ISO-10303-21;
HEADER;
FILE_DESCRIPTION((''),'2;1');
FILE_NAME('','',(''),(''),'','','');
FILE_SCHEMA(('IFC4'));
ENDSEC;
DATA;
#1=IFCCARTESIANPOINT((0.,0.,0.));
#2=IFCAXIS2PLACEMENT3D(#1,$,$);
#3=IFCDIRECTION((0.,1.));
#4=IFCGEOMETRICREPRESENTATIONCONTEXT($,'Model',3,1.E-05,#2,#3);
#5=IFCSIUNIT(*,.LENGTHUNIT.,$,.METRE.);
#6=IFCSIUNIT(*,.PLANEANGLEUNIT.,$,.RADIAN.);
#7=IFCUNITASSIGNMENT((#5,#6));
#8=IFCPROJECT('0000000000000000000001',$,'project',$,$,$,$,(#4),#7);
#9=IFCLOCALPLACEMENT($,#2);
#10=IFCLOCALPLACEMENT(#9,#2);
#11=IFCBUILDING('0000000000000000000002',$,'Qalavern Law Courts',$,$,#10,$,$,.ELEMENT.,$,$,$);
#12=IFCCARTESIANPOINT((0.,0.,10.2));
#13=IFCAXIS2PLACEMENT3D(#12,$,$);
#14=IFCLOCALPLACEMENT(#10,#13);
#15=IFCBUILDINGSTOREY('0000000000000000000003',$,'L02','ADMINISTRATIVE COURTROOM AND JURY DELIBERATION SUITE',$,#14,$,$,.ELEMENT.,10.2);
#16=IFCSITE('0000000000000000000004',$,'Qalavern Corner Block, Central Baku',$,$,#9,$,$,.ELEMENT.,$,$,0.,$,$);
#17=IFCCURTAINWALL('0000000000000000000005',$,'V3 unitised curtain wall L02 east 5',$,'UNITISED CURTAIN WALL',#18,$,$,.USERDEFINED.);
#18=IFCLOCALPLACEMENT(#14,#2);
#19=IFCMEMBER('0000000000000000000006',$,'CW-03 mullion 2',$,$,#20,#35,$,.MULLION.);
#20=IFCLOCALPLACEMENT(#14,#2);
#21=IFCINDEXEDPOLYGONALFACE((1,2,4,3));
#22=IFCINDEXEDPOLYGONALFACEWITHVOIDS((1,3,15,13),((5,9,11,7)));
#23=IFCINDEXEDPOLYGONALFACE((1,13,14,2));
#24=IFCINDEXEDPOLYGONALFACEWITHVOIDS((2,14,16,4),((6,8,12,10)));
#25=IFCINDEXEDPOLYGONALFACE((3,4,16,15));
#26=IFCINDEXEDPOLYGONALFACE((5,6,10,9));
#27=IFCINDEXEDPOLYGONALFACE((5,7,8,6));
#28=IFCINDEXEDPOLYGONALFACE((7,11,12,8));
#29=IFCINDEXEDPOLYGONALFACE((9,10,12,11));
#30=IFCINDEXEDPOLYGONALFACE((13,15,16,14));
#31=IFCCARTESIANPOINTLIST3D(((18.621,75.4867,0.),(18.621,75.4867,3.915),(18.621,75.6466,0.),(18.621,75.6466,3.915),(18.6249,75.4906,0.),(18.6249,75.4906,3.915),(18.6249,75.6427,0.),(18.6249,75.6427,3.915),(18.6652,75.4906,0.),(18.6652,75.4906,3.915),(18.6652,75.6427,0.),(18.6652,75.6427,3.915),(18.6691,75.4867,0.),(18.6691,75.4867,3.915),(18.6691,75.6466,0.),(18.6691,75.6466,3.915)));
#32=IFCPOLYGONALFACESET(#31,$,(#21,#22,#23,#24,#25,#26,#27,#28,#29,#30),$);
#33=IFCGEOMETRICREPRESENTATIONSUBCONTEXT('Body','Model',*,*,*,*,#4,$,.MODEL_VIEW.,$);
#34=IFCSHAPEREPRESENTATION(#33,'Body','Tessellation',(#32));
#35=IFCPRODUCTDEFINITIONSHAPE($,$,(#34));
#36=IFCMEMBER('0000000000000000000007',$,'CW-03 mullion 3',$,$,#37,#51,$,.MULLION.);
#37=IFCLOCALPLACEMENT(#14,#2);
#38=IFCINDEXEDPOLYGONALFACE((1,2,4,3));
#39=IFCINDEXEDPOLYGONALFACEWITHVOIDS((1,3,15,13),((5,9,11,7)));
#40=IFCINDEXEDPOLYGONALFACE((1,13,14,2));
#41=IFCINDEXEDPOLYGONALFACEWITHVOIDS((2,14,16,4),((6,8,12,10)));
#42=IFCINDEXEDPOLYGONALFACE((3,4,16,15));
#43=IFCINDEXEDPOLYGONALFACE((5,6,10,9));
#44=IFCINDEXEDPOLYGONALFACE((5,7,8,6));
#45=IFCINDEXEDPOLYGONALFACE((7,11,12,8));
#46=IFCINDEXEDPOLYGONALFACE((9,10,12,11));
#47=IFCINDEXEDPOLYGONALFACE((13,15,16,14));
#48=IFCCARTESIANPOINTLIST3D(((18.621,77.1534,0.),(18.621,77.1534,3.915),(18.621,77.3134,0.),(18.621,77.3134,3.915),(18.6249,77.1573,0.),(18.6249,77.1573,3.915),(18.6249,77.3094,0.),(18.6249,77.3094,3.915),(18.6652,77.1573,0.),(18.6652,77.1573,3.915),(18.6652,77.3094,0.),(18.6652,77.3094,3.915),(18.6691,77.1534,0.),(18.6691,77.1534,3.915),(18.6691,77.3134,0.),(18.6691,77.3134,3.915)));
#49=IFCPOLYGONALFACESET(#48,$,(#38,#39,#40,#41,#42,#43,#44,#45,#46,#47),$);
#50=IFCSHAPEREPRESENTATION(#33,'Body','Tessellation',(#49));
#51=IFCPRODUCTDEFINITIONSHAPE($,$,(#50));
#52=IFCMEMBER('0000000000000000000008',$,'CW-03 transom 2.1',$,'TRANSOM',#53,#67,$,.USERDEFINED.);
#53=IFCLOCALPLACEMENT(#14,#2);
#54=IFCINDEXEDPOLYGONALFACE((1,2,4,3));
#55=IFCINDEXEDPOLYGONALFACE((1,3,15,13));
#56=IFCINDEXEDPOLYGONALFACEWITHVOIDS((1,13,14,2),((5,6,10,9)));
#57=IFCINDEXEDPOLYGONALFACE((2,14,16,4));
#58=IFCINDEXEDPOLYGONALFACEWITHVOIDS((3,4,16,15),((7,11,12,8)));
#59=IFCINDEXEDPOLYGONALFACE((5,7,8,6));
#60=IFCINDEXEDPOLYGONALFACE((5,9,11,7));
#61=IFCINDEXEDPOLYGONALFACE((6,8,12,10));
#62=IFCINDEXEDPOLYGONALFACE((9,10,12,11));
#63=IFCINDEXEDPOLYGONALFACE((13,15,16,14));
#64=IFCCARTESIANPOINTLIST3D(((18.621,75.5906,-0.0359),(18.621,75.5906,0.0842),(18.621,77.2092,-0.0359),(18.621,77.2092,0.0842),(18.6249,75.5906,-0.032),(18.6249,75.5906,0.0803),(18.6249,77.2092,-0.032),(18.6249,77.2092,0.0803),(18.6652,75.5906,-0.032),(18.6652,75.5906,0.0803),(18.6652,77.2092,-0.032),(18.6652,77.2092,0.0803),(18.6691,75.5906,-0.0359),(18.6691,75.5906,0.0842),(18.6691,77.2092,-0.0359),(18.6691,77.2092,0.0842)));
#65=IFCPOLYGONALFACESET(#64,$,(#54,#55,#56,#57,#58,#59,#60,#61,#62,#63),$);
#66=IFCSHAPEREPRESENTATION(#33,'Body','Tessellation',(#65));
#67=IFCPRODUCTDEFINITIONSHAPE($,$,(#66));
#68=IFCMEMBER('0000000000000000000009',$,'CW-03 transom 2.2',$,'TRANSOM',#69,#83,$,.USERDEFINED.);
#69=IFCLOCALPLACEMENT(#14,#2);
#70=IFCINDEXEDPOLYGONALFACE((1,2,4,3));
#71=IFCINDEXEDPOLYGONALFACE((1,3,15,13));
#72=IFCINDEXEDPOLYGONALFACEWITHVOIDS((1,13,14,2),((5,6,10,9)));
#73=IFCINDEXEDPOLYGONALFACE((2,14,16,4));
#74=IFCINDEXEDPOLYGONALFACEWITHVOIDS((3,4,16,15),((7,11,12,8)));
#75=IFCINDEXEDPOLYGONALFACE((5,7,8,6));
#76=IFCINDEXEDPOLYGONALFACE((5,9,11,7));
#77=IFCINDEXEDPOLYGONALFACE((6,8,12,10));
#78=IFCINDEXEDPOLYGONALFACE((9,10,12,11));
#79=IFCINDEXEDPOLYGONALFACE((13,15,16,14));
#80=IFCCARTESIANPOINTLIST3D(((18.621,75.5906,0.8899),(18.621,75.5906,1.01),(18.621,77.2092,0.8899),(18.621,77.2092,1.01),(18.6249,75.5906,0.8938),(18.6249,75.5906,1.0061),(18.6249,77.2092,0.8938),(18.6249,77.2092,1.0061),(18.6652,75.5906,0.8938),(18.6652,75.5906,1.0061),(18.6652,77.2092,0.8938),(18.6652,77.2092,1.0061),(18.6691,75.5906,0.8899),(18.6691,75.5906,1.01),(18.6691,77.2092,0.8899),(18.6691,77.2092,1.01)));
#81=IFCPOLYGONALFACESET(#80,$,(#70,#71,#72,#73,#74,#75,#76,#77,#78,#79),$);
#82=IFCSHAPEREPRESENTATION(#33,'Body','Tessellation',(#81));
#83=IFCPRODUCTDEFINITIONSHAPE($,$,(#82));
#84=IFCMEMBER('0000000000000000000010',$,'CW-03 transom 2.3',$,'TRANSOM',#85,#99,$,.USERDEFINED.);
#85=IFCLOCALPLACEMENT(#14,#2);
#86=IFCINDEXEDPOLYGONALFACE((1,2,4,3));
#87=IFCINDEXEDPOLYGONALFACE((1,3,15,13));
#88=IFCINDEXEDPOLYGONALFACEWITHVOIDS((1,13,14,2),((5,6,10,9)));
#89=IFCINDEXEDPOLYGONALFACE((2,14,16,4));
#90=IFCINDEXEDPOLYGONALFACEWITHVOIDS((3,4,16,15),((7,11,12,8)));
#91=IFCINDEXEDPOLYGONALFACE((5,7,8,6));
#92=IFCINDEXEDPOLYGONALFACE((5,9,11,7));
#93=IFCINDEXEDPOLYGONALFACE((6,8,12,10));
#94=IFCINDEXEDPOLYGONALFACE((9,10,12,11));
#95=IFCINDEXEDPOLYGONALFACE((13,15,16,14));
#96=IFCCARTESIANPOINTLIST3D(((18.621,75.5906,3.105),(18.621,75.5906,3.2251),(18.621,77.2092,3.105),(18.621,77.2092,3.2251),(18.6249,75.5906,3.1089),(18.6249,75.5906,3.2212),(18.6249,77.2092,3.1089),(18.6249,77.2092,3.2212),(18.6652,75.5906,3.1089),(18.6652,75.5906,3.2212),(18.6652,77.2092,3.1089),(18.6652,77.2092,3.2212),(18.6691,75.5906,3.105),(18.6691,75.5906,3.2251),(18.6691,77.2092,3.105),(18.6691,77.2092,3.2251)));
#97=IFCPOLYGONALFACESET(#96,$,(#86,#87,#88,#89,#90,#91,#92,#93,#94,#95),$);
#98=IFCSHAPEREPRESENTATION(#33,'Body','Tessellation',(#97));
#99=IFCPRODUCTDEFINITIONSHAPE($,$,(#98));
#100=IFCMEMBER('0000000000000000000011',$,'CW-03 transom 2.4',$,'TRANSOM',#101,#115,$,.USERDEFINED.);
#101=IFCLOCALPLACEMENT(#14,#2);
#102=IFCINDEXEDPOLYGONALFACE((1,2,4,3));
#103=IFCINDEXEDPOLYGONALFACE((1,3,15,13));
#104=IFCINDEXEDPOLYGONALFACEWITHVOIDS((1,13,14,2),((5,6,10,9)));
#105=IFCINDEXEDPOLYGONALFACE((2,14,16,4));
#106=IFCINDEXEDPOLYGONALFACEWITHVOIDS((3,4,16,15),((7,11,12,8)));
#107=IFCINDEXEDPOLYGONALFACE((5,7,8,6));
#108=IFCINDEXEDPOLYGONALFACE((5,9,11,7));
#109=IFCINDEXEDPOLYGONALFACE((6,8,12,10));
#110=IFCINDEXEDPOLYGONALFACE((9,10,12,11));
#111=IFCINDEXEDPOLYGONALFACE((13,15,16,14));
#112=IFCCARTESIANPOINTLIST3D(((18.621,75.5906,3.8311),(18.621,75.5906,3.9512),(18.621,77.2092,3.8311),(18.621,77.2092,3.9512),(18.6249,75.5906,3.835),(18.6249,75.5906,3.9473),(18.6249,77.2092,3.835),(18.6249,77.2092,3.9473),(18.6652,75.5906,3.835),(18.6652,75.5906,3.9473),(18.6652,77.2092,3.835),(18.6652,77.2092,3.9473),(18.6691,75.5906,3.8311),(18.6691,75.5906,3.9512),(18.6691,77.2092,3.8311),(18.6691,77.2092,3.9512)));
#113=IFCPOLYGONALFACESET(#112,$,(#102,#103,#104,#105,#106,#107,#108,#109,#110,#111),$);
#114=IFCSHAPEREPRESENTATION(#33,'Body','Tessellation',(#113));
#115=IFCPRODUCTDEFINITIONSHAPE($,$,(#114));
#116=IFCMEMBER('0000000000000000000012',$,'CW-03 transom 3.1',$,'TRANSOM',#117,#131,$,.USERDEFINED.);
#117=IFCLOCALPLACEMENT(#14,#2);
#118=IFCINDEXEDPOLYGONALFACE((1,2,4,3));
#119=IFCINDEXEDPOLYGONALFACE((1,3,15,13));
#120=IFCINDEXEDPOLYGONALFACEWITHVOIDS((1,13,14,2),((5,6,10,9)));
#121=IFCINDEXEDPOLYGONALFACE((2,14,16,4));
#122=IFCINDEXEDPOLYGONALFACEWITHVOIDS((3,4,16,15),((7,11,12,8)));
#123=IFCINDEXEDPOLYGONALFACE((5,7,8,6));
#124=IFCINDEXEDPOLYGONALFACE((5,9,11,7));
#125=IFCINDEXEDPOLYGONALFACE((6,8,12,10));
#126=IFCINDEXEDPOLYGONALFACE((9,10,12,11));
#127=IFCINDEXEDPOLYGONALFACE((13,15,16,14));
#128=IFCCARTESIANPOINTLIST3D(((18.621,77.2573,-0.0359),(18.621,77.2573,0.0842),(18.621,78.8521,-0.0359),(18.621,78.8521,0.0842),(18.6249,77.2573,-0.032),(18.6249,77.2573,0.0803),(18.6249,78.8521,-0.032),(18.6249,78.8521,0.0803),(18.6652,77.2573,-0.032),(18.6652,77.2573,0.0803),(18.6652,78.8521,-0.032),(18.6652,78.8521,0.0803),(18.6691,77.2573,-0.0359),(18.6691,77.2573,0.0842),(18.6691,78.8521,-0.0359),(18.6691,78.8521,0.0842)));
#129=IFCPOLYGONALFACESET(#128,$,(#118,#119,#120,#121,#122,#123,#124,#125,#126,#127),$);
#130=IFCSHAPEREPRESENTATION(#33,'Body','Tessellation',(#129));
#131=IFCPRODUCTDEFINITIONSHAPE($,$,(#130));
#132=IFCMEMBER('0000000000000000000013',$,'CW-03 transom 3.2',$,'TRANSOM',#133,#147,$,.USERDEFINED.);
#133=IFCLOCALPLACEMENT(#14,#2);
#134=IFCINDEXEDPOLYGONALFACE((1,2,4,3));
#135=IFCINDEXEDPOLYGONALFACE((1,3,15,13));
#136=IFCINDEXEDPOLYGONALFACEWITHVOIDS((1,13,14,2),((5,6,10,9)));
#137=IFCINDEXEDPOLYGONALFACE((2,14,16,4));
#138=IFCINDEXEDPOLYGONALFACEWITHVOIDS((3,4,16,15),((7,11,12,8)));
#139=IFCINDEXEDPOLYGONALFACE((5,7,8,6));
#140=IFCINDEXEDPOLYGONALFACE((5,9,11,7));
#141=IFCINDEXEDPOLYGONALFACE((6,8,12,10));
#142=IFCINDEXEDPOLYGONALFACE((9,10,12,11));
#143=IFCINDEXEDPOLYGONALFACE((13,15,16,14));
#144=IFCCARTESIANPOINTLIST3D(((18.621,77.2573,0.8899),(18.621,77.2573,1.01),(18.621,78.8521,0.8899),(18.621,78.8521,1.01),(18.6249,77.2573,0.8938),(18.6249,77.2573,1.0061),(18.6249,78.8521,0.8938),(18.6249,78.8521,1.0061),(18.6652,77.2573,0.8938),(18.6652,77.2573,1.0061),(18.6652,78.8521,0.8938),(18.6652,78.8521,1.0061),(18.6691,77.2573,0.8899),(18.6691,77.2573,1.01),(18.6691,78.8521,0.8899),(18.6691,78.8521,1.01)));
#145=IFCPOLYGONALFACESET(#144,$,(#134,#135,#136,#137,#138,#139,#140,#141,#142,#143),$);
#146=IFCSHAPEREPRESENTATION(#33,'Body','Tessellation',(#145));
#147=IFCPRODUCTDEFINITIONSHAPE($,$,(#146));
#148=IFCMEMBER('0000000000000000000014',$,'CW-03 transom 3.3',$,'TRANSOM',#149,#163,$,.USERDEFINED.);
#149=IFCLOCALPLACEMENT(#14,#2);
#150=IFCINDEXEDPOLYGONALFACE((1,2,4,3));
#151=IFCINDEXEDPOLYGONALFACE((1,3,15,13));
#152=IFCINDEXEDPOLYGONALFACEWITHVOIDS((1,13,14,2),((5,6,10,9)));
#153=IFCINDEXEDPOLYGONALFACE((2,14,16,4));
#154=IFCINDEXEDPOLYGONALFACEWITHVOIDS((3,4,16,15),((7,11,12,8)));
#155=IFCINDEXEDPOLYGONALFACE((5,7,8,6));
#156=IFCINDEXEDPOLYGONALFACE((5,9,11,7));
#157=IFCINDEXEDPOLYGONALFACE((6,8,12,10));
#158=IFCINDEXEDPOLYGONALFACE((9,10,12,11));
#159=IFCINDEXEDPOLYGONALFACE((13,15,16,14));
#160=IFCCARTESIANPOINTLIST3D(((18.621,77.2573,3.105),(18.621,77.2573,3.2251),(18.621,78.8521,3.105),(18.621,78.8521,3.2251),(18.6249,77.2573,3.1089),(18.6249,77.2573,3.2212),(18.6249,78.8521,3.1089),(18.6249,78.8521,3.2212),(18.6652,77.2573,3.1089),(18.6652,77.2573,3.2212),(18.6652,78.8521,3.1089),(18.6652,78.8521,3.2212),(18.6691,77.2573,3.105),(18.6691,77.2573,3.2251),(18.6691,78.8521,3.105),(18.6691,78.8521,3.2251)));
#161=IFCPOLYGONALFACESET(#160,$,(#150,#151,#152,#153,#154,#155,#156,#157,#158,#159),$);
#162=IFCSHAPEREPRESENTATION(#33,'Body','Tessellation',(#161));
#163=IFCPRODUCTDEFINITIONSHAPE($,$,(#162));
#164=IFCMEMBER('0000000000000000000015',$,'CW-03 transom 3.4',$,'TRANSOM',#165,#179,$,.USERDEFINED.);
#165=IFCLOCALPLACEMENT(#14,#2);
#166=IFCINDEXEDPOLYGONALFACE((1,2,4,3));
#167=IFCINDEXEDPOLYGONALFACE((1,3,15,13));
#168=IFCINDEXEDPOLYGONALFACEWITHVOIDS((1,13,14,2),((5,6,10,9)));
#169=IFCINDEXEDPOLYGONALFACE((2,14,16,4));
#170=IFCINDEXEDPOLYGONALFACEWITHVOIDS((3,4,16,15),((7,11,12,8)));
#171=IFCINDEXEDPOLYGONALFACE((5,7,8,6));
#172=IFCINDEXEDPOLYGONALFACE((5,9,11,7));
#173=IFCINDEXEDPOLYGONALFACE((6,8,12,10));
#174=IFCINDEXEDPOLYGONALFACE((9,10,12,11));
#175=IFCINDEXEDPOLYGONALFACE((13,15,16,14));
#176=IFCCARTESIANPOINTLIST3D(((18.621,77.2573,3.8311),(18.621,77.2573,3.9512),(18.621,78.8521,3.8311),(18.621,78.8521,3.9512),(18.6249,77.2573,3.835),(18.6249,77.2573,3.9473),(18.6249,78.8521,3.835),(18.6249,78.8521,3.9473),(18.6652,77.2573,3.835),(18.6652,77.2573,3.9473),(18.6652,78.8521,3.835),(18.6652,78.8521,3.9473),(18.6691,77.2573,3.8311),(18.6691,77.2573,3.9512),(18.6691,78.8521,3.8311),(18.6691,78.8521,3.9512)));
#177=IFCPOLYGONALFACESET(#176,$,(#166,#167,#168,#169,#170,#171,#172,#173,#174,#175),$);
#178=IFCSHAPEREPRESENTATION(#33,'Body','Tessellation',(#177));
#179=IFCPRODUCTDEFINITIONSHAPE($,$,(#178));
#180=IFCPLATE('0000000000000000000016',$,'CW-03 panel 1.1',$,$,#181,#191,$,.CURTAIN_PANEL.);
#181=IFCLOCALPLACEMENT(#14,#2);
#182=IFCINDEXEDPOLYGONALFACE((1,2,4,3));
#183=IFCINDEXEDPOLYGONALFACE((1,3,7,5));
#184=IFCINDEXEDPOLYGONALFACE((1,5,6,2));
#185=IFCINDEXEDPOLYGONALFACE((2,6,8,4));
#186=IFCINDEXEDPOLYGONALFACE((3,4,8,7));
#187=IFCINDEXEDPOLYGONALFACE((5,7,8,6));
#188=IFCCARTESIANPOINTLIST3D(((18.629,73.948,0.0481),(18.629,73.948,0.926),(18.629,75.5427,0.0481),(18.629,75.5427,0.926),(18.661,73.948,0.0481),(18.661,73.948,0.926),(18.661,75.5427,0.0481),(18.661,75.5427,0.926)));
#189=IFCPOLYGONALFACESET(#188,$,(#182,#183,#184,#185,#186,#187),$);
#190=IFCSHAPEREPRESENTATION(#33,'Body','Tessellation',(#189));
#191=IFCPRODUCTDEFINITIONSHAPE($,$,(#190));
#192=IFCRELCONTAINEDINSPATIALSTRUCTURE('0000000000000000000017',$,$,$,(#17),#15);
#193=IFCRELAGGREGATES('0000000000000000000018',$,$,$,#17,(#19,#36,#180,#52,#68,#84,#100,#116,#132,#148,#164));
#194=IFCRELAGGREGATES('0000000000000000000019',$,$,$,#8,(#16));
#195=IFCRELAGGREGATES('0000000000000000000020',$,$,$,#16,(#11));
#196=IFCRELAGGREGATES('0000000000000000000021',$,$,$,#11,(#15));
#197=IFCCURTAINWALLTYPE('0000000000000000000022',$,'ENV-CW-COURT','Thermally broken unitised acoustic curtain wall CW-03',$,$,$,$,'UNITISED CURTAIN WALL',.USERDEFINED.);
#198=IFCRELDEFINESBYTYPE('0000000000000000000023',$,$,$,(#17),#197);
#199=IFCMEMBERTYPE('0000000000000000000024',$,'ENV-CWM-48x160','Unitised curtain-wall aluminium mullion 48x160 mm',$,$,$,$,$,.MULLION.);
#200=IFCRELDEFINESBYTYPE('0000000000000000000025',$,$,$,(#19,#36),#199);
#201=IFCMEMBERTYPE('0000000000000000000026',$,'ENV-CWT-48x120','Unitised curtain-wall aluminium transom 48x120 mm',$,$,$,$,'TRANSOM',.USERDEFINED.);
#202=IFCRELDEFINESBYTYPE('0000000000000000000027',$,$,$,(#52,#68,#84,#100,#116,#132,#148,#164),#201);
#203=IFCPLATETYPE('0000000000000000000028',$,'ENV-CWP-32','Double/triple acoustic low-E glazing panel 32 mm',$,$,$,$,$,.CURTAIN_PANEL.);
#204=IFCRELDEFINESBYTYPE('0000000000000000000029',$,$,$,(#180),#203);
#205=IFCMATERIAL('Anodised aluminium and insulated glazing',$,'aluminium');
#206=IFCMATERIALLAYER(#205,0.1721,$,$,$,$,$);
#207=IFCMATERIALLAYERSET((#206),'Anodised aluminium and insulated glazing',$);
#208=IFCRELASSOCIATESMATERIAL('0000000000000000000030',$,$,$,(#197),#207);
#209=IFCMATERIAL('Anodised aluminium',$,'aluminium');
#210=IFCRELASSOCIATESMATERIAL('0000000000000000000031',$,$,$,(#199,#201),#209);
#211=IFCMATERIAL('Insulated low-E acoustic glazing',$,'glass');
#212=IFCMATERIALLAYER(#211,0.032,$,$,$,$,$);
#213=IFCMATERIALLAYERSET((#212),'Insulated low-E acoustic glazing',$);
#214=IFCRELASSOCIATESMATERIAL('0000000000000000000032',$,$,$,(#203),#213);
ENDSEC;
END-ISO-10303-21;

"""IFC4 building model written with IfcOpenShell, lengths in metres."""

from ifc_helpers import new_model, si_unit, direction, frame, origin, origin_2d, place, context, subcontext, project, spatial, rectangle, hollow_rectangle, extrude, material, layer, layer_set, material_profile, profile_set, type_object, element, aggregate, save


model = new_model("IFC4")

# Units and contexts
model_context = context("Model", 3, precision=1e-05, world=origin(), true_north=direction((0.0, 1.0)))
body_context = subcontext(model_context, "Body", "Model", "MODEL_VIEW")
ifc_project = project(units=[si_unit("LENGTHUNIT", "METRE"), si_unit("PLANEANGLEUNIT", "RADIAN")], contexts=[model_context])

# Site, building, storey
site_placement = place(None, origin())
site = spatial("IfcSite", under=ifc_project, at=site_placement, Name="Qalavern Corner Block, Central Baku", CompositionType="ELEMENT", RefElevation=0.0)
building_placement = place(site_placement, origin())
building = spatial("IfcBuilding", under=site, at=building_placement, Name="Qalavern Law Courts", CompositionType="ELEMENT")
storey_placement = place(building_placement, frame((0.0, 0.0, 10.2)))
storey = spatial("IfcBuildingStorey", under=building, at=storey_placement, Name="L02", Description="ADMINISTRATIVE COURTROOM AND JURY DELIBERATION SUITE", CompositionType="ELEMENT", Elevation=10.2)

# Curtain wall, members, plate
ifc_material_1 = material(Name="Anodised aluminium and insulated glazing", Category="aluminium")
ifc_layer_1 = layer(ifc_material_1, 0.1721)
ifc_layer_set_1 = layer_set([ifc_layer_1], Name="Anodised aluminium and insulated glazing")
curtain_wall_type = type_object("IfcCurtainWallType", Name="ENV-CW-COURT", Description="Thermally broken unitised acoustic curtain wall CW-03", ElementType="UNITISED CURTAIN WALL", PredefinedType="USERDEFINED", material=ifc_layer_set_1)
curtain_wall_placement = place(storey_placement, origin())
curtain_wall = element("IfcCurtainWall", 1, at=curtain_wall_placement, inside=storey, type_object=curtain_wall_type, Name="V3 unitised curtain wall L02 east 5", ObjectType="UNITISED CURTAIN WALL", PredefinedType="USERDEFINED")
ifc_material_2 = material(Name="Anodised aluminium", Category="aluminium")
ifc_material_profile_1 = material_profile(ifc_material_2, hollow_rectangle(XDim=0.0481, YDim=0.1599, WallThickness=0.0039, at=origin_2d()), Name="ALU MULLION 48x160")
ifc_profile_set_1 = profile_set([ifc_material_profile_1], Name="Anodised aluminium")
member_type_1 = type_object("IfcMemberType", Name="ENV-CWM-48x160", Description="Unitised curtain-wall aluminium mullion 48x160 mm", PredefinedType="MULLION", material=ifc_profile_set_1)
member_1_placement = place(storey_placement, frame((18.645, 75.5667, 0.0), z_axis=(0.0, 0.0, 1.0), x_axis=(-1.0, 0.0, 0.0)))
member_1 = element("IfcMember", 2, at=member_1_placement, type_object=member_type_1, Name="CW-03 mullion 2", PredefinedType="MULLION", context=body_context, shape_type="SweptSolid", body=[
    extrude(hollow_rectangle(XDim=0.0481, YDim=0.1599, WallThickness=0.0039, at=origin_2d()), origin(), (0.0, 0.0, 1.0), 3.915),
])
member_2_placement = place(storey_placement, frame((18.645, 77.2334, 0.0), z_axis=(0.0, 0.0, 1.0), x_axis=(-1.0, 0.0, 0.0)))
member_2 = element("IfcMember", 3, at=member_2_placement, type_object=member_type_1, Name="CW-03 mullion 3", PredefinedType="MULLION", context=body_context, shape_type="SweptSolid", body=[
    extrude(hollow_rectangle(XDim=0.0481, YDim=0.1599, WallThickness=0.0039, at=origin_2d()), origin(), (0.0, 0.0, 1.0), 3.915),
])
ifc_material_profile_2 = material_profile(ifc_material_2, hollow_rectangle(XDim=0.0481, YDim=0.1201, WallThickness=0.0039, at=origin_2d()), Name="ALU TRANSOM 48x120")
ifc_profile_set_2 = profile_set([ifc_material_profile_2], Name="Anodised aluminium")
member_type_2 = type_object("IfcMemberType", Name="ENV-CWT-48x120", Description="Unitised curtain-wall aluminium transom 48x120 mm", ElementType="TRANSOM", PredefinedType="USERDEFINED", material=ifc_profile_set_2)
member_3_placement = place(storey_placement, frame((18.645, 75.5906, 0.0242), z_axis=(0.0, 1.0, 0.0), x_axis=(-1.0, 0.0, 0.0)))
member_3 = element("IfcMember", 4, at=member_3_placement, type_object=member_type_2, Name="CW-03 transom 2.1", ObjectType="TRANSOM", PredefinedType="USERDEFINED", context=body_context, shape_type="SweptSolid", body=[
    extrude(hollow_rectangle(XDim=0.0481, YDim=0.1201, WallThickness=0.0039, at=origin_2d()), origin(), (0.0, 0.0, 1.0), 1.6187),
])
member_4_placement = place(storey_placement, frame((18.645, 75.5906, 0.95), z_axis=(0.0, 1.0, 0.0), x_axis=(-1.0, 0.0, 0.0)))
member_4 = element("IfcMember", 5, at=member_4_placement, type_object=member_type_2, Name="CW-03 transom 2.2", ObjectType="TRANSOM", PredefinedType="USERDEFINED", context=body_context, shape_type="SweptSolid", body=[
    extrude(hollow_rectangle(XDim=0.0481, YDim=0.1201, WallThickness=0.0039, at=origin_2d()), origin(), (0.0, 0.0, 1.0), 1.6187),
])
member_5_placement = place(storey_placement, frame((18.645, 75.5906, 3.165), z_axis=(0.0, 1.0, 0.0), x_axis=(-1.0, 0.0, 0.0)))
member_5 = element("IfcMember", 6, at=member_5_placement, type_object=member_type_2, Name="CW-03 transom 2.3", ObjectType="TRANSOM", PredefinedType="USERDEFINED", context=body_context, shape_type="SweptSolid", body=[
    extrude(hollow_rectangle(XDim=0.0481, YDim=0.1201, WallThickness=0.0039, at=origin_2d()), origin(), (0.0, 0.0, 1.0), 1.6187),
])
member_6_placement = place(storey_placement, frame((18.645, 75.5906, 3.8911), z_axis=(0.0, 1.0, 0.0), x_axis=(-1.0, 0.0, 0.0)))
member_6 = element("IfcMember", 7, at=member_6_placement, type_object=member_type_2, Name="CW-03 transom 2.4", ObjectType="TRANSOM", PredefinedType="USERDEFINED", context=body_context, shape_type="SweptSolid", body=[
    extrude(hollow_rectangle(XDim=0.0481, YDim=0.1201, WallThickness=0.0039, at=origin_2d()), origin(), (0.0, 0.0, 1.0), 1.6187),
])
member_7_placement = place(storey_placement, frame((18.645, 77.2573, 0.0242), z_axis=(0.0, 1.0, 0.0), x_axis=(-1.0, 0.0, 0.0)))
member_7 = element("IfcMember", 8, at=member_7_placement, type_object=member_type_2, Name="CW-03 transom 3.1", ObjectType="TRANSOM", PredefinedType="USERDEFINED", context=body_context, shape_type="SweptSolid", body=[
    extrude(hollow_rectangle(XDim=0.0481, YDim=0.1201, WallThickness=0.0039, at=origin_2d()), origin(), (0.0, 0.0, 1.0), 1.5947),
])
member_8_placement = place(storey_placement, frame((18.645, 77.2573, 0.95), z_axis=(0.0, 1.0, 0.0), x_axis=(-1.0, 0.0, 0.0)))
member_8 = element("IfcMember", 9, at=member_8_placement, type_object=member_type_2, Name="CW-03 transom 3.2", ObjectType="TRANSOM", PredefinedType="USERDEFINED", context=body_context, shape_type="SweptSolid", body=[
    extrude(hollow_rectangle(XDim=0.0481, YDim=0.1201, WallThickness=0.0039, at=origin_2d()), origin(), (0.0, 0.0, 1.0), 1.5947),
])
member_9_placement = place(storey_placement, frame((18.645, 77.2573, 3.165), z_axis=(0.0, 1.0, 0.0), x_axis=(-1.0, 0.0, 0.0)))
member_9 = element("IfcMember", 10, at=member_9_placement, type_object=member_type_2, Name="CW-03 transom 3.3", ObjectType="TRANSOM", PredefinedType="USERDEFINED", context=body_context, shape_type="SweptSolid", body=[
    extrude(hollow_rectangle(XDim=0.0481, YDim=0.1201, WallThickness=0.0039, at=origin_2d()), origin(), (0.0, 0.0, 1.0), 1.5947),
])
member_10_placement = place(storey_placement, frame((18.645, 77.2573, 3.8911), z_axis=(0.0, 1.0, 0.0), x_axis=(-1.0, 0.0, 0.0)))
member_10 = element("IfcMember", 11, at=member_10_placement, type_object=member_type_2, Name="CW-03 transom 3.4", ObjectType="TRANSOM", PredefinedType="USERDEFINED", context=body_context, shape_type="SweptSolid", body=[
    extrude(hollow_rectangle(XDim=0.0481, YDim=0.1201, WallThickness=0.0039, at=origin_2d()), origin(), (0.0, 0.0, 1.0), 1.5947),
])
ifc_material_3 = material(Name="Insulated low-E acoustic glazing", Category="glass")
ifc_layer_2 = layer(ifc_material_3, 0.032)
ifc_layer_set_2 = layer_set([ifc_layer_2], Name="Insulated low-E acoustic glazing")
plate_type = type_object("IfcPlateType", Name="ENV-CWP-32", Description="Double/triple acoustic low-E glazing panel 32 mm", PredefinedType="CURTAIN_PANEL", material=ifc_layer_set_2)
plate_1_placement = place(storey_placement, frame((18.645, 74.7454, 0.0481), z_axis=(0.0, 0.0, 1.0), x_axis=(0.0, 1.0, 0.0)))
plate_1 = element("IfcPlate", 12, at=plate_1_placement, type_object=plate_type, Name="CW-03 panel 1.1", PredefinedType="CURTAIN_PANEL", context=body_context, shape_type="SweptSolid", body=[
    extrude(rectangle(XDim=1.5947, YDim=0.032, at=origin_2d()), origin(), (0.0, 0.0, 1.0), 0.8779),
])
aggregate(curtain_wall, [member_1, member_2, plate_1, member_3, member_4, member_5, member_6, member_7, member_8, member_9, member_10])

save(model, "model.ifc")
